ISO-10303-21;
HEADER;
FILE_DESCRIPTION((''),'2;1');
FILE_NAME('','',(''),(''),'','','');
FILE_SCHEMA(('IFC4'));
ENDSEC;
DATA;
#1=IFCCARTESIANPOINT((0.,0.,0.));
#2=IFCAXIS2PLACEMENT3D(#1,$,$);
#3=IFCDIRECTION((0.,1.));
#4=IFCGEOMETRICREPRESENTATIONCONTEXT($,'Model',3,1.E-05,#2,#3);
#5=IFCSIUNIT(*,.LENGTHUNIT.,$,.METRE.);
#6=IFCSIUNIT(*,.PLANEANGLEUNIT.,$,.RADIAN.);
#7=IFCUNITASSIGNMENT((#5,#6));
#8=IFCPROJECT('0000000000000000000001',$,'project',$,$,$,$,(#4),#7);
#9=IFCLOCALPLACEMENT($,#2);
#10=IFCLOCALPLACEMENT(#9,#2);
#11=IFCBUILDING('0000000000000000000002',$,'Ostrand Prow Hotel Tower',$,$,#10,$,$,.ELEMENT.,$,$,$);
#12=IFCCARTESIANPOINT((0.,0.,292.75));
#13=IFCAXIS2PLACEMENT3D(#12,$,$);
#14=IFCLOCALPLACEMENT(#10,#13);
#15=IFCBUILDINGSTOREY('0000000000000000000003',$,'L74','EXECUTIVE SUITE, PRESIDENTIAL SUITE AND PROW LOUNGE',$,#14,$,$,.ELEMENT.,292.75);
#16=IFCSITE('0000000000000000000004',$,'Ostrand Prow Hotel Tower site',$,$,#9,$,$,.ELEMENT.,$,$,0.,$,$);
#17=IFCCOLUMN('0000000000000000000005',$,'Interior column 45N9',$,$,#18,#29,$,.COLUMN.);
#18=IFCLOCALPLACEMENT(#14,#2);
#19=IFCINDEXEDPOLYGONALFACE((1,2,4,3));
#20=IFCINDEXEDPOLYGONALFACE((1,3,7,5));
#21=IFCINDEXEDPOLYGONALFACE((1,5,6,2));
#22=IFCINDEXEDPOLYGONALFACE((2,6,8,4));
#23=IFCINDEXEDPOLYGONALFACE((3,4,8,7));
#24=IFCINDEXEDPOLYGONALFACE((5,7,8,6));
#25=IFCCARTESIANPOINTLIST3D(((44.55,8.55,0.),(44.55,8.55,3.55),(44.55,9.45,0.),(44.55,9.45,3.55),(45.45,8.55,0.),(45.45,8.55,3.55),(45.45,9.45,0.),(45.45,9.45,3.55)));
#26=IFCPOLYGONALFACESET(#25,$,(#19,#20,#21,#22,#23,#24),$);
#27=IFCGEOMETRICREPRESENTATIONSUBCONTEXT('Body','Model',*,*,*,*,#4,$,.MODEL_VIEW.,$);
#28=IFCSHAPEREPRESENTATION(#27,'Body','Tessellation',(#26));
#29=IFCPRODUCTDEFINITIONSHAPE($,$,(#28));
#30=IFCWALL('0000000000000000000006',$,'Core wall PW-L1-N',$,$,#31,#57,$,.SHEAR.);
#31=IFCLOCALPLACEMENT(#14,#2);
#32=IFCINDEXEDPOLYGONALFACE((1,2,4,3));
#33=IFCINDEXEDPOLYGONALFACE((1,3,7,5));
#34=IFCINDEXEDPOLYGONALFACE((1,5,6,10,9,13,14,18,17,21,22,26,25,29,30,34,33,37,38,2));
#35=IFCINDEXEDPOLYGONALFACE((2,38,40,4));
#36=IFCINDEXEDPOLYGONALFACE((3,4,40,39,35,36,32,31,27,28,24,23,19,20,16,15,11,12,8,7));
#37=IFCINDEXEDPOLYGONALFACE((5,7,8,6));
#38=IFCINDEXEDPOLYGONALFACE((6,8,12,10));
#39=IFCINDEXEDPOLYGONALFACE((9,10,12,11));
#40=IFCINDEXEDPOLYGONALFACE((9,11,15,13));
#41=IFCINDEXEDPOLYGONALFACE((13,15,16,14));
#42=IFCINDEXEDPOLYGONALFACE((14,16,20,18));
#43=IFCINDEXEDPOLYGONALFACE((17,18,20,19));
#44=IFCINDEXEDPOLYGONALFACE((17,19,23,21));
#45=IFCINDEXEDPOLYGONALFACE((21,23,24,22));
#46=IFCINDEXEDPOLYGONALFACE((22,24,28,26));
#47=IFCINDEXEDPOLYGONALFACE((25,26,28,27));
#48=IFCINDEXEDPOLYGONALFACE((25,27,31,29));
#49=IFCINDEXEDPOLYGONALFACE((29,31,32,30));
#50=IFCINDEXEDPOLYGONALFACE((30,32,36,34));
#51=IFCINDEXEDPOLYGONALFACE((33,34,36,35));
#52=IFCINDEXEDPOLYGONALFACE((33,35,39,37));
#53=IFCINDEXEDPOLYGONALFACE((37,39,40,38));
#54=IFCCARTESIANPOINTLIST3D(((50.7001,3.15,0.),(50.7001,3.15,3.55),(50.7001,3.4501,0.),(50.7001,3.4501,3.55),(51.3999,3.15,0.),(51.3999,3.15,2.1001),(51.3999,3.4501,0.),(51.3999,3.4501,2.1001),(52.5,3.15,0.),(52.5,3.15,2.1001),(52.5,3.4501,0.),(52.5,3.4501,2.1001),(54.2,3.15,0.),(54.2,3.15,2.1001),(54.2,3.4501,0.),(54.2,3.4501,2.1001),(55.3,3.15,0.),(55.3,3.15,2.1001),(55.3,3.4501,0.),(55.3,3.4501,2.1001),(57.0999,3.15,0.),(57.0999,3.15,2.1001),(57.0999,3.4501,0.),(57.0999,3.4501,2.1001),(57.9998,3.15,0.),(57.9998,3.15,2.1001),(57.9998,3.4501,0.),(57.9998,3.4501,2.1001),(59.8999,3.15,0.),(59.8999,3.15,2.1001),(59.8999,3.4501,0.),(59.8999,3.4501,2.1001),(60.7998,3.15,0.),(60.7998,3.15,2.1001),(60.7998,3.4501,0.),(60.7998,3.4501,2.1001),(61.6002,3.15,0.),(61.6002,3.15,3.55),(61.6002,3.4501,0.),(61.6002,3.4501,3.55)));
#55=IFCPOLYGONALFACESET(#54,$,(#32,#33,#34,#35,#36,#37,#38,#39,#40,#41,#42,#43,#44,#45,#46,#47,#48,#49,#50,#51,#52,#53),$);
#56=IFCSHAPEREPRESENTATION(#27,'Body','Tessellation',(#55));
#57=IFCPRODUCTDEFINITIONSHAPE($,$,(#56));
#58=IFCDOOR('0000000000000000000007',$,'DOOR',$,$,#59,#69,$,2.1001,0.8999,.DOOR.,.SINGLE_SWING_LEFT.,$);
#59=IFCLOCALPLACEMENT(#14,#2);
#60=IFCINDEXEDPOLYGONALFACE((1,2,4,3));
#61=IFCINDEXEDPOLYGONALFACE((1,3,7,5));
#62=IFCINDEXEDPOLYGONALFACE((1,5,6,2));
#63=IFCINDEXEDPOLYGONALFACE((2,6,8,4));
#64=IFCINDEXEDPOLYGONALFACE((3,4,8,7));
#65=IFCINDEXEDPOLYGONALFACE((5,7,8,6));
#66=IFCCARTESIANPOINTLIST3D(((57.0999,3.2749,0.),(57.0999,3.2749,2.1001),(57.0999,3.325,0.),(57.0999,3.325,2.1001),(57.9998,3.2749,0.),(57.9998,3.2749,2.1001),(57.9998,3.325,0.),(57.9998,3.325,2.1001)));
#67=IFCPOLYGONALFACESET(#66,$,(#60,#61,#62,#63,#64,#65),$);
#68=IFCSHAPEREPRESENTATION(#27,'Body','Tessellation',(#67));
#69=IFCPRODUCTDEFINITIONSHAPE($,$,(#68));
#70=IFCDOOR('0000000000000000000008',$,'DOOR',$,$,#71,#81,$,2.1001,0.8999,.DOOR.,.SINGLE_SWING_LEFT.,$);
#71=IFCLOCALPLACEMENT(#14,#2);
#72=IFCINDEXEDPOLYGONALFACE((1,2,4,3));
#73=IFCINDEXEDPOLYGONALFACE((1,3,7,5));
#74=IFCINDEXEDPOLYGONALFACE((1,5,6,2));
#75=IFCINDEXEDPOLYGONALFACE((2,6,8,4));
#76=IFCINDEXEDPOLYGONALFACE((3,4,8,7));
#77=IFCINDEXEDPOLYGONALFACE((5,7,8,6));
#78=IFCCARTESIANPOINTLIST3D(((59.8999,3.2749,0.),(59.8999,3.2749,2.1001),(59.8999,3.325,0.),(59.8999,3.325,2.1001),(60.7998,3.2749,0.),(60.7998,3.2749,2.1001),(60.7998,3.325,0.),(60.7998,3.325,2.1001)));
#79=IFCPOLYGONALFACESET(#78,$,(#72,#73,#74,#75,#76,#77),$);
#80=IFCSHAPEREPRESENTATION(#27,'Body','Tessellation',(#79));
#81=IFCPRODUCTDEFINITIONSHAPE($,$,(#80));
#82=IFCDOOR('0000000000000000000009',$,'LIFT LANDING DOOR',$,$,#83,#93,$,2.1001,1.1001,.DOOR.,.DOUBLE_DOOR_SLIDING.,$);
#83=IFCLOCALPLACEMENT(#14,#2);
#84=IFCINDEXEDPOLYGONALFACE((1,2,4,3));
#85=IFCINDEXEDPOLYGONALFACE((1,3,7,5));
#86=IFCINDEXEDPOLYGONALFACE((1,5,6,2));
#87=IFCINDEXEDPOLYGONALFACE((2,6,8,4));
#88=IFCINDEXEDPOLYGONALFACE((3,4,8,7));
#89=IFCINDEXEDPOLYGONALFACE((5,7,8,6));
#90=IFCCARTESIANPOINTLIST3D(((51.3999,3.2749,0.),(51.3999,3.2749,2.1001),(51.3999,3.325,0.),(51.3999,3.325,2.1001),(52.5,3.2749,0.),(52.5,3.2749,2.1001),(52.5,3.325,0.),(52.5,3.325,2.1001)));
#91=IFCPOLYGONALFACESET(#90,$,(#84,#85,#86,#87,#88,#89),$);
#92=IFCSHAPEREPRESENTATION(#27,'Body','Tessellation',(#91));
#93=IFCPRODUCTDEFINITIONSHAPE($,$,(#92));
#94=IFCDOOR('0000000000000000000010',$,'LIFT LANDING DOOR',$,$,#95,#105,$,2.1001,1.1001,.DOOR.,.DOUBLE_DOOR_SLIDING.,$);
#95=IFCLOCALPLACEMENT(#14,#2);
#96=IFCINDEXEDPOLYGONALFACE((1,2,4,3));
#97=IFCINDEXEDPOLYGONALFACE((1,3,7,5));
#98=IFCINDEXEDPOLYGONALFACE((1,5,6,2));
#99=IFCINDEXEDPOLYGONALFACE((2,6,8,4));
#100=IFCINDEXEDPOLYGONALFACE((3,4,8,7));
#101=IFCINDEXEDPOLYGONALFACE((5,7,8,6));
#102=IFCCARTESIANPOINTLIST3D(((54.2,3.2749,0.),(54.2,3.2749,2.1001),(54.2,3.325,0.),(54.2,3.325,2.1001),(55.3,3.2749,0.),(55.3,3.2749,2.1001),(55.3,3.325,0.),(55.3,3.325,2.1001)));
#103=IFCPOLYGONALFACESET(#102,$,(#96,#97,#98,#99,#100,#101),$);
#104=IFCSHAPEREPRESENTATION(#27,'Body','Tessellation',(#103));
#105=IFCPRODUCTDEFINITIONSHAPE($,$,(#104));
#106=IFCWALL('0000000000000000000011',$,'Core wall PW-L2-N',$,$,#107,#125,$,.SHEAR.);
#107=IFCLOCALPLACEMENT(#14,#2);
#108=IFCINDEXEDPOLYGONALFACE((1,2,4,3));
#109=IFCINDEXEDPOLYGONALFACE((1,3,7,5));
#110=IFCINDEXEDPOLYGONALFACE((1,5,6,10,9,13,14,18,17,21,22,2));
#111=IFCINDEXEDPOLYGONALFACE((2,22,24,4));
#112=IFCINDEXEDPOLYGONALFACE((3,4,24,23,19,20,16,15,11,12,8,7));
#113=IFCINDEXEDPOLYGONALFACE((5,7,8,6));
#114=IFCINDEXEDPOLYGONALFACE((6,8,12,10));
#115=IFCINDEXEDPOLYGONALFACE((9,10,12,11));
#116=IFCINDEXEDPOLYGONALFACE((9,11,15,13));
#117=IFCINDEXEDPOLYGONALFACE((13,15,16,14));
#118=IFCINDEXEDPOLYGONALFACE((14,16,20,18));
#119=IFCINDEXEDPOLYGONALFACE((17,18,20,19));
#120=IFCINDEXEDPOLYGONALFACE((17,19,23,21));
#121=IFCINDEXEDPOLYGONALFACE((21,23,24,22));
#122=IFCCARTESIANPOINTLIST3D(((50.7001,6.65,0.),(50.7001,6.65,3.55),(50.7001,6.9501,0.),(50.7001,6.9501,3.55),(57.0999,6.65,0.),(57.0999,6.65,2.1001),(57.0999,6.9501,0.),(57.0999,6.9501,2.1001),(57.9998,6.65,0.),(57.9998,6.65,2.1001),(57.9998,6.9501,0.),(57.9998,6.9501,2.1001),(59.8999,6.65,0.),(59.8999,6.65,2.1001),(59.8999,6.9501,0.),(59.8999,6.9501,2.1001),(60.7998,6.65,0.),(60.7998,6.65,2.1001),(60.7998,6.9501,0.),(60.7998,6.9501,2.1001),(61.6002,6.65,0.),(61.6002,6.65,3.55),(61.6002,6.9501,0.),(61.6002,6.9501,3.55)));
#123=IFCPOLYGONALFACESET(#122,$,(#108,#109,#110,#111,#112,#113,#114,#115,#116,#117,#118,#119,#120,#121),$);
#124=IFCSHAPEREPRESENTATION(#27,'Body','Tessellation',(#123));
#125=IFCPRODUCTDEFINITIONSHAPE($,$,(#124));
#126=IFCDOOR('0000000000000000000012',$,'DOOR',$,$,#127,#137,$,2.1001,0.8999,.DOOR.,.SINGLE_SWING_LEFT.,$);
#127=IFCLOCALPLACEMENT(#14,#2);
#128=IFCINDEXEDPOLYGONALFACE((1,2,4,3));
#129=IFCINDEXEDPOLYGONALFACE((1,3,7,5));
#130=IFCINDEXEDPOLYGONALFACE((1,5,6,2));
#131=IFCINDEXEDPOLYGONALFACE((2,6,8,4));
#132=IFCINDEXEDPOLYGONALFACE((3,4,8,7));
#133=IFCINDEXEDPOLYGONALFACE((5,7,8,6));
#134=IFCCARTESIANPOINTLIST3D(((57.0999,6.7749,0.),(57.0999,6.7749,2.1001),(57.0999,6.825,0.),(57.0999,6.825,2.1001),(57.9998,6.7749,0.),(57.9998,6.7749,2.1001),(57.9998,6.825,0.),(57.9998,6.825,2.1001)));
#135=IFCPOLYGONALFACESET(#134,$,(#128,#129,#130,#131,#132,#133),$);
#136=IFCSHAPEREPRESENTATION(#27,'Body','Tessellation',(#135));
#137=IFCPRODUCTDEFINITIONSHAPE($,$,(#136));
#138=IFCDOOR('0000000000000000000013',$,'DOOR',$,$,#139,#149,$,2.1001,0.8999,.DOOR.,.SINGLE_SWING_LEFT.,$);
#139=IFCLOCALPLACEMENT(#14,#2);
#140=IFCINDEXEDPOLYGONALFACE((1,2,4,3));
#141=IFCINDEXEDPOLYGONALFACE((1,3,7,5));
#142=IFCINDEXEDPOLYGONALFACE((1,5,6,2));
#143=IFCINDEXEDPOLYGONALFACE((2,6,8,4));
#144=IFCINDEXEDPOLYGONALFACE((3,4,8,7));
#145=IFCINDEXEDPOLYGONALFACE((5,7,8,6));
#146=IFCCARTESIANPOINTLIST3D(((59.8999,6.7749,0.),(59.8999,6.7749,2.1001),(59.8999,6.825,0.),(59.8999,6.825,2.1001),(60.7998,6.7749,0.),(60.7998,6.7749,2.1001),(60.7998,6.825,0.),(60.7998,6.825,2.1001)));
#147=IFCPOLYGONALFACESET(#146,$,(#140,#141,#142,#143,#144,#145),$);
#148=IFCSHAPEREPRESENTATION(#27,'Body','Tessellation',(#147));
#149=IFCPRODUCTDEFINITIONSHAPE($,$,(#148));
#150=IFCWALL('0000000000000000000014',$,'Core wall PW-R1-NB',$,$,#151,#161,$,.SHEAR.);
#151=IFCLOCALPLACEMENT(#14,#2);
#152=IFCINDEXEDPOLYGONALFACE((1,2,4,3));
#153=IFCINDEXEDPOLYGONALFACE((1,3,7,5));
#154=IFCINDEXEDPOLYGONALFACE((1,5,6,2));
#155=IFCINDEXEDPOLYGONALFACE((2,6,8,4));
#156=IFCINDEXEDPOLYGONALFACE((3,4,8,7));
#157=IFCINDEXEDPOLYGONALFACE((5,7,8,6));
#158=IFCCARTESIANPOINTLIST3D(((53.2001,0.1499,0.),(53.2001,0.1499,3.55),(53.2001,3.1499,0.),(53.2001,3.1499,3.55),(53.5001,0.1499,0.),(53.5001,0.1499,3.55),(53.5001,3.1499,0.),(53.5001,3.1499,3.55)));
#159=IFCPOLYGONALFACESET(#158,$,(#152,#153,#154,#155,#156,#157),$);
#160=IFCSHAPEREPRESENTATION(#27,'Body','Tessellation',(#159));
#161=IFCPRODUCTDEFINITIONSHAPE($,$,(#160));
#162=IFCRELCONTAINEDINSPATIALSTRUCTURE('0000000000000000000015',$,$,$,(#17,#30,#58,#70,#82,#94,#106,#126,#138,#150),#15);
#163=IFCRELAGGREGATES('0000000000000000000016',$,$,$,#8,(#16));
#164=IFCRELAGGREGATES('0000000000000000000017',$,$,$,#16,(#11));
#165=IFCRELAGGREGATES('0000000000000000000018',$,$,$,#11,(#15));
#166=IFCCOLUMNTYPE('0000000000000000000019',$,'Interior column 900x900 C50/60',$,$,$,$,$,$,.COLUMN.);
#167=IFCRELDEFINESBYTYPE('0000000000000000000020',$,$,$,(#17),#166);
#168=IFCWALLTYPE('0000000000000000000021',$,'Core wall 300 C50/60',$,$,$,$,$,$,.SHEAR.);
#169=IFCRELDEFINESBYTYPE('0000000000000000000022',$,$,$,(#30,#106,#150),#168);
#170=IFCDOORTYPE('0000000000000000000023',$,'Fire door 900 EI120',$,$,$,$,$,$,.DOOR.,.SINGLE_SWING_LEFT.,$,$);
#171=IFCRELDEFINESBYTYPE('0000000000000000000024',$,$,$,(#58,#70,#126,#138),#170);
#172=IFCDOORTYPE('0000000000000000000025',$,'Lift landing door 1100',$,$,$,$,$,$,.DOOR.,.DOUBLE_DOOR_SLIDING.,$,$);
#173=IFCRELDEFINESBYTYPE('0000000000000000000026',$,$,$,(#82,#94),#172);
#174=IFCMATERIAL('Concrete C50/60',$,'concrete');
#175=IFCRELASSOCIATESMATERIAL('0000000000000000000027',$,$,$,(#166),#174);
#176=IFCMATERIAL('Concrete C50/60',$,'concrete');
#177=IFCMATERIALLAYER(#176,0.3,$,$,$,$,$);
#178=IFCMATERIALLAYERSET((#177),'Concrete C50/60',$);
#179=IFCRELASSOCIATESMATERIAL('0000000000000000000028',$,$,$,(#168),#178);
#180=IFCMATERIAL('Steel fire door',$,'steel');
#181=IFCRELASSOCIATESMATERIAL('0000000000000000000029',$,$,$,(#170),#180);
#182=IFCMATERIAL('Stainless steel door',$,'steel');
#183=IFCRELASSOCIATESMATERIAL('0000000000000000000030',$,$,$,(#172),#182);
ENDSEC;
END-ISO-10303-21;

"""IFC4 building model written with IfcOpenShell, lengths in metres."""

from ifc_helpers import new_model, si_unit, direction, frame, frame_2d, origin, origin_2d, place, context, subcontext, project, spatial, rectangle, extrude, material, layer, layer_set, material_profile, profile_set, type_object, element, fill, save


model = new_model("IFC4")

# Units and contexts
model_context = context("Model", 3, precision=1e-05, world=origin(), true_north=direction((0.0, 1.0)))
body_context = subcontext(model_context, "Body", "Model", "MODEL_VIEW")
ifc_project = project(units=[si_unit("LENGTHUNIT", "METRE"), si_unit("PLANEANGLEUNIT", "RADIAN")], contexts=[model_context])

# Site, building, storey
site_placement = place(None, origin())
site = spatial("IfcSite", under=ifc_project, at=site_placement, Name="Ostrand Prow Hotel Tower site", CompositionType="ELEMENT", RefElevation=0.0)
building_placement = place(site_placement, origin())
building = spatial("IfcBuilding", under=site, at=building_placement, Name="Ostrand Prow Hotel Tower", CompositionType="ELEMENT")
storey_placement = place(building_placement, frame((0.0, 0.0, 292.75)))
storey = spatial("IfcBuildingStorey", under=building, at=storey_placement, Name="L74", Description="EXECUTIVE SUITE, PRESIDENTIAL SUITE AND PROW LOUNGE", CompositionType="ELEMENT", Elevation=292.75)

# Column
ifc_material_1 = material(Name="Concrete C50/60", Category="concrete")
ifc_material_profile = material_profile(ifc_material_1, rectangle(XDim=0.8999, YDim=0.8999, at=origin_2d()), Name="RC 900x900")
ifc_profile_set = profile_set([ifc_material_profile], Name="Concrete C50/60")
column_type = type_object("IfcColumnType", Name="Interior column 900x900 C50/60", PredefinedType="COLUMN", material=ifc_profile_set)
column_placement = place(storey_placement, frame((45.0, 9.0, 0.0), z_axis=(0.0, 0.0, 1.0), x_axis=(1.0, 0.0, 0.0)))
element("IfcColumn", 1, at=column_placement, inside=storey, type_object=column_type, Name="Interior column 45N9", PredefinedType="COLUMN", context=body_context, shape_type="SweptSolid", body=[
    extrude(rectangle(XDim=0.8999, YDim=0.8999, at=origin_2d()), origin(), (0.0, 0.0, 1.0), 3.55),
])

# Walls, openings, doors
ifc_material_2 = material(Name="Concrete C50/60", Category="concrete")
ifc_layer_1 = layer(ifc_material_2, 0.3)
ifc_layer_set_1 = layer_set([ifc_layer_1], Name="Concrete C50/60")
wall_type_1 = type_object("IfcWallType", Name="Core wall 300 C50/60", PredefinedType="SHEAR", material=ifc_layer_set_1)
wall_1_placement = place(storey_placement, frame((50.7, 3.3, 0.0), z_axis=(0.0, 0.0, 1.0), x_axis=(1.0, 0.0, 0.0)))
wall_1 = element("IfcWall", 2, at=wall_1_placement, inside=storey, type_object=wall_type_1, Name="Core wall PW-L1-N", PredefinedType="SHEAR", context=body_context, shape_type="SweptSolid", body=[
    extrude(rectangle(XDim=10.9001, YDim=0.3, at=frame_2d((5.4502, 0.0))), origin(), (0.0, 0.0, 1.0), 3.55),
])
opening_1_placement = place(wall_1_placement, frame((0.7, 0.0, 0.0)))
opening_1 = element("IfcOpeningElement", 3, at=opening_1_placement, cuts=wall_1, PredefinedType="OPENING", context=body_context, shape_type="SweptSolid", body=[
    extrude(rectangle(XDim=1.1001, YDim=2.1001, at=frame_2d((0.55, 1.05))), frame((0.0, 0.1599, 0.0), z_axis=(0.0, -1.0, 0.0), x_axis=(1.0, 0.0, 0.0)), (0.0, 0.0, 1.0), 0.3201),
])
opening_2_placement = place(wall_1_placement, frame((3.5, 0.0, 0.0)))
opening_2 = element("IfcOpeningElement", 4, at=opening_2_placement, cuts=wall_1, PredefinedType="OPENING", context=body_context, shape_type="SweptSolid", body=[
    extrude(rectangle(XDim=1.1001, YDim=2.1001, at=frame_2d((0.55, 1.05))), frame((0.0, 0.1599, 0.0), z_axis=(0.0, -1.0, 0.0), x_axis=(1.0, 0.0, 0.0)), (0.0, 0.0, 1.0), 0.3201),
])
opening_3_placement = place(wall_1_placement, frame((6.3999, 0.0, 0.0)))
opening_3 = element("IfcOpeningElement", 5, at=opening_3_placement, cuts=wall_1, PredefinedType="OPENING", context=body_context, shape_type="SweptSolid", body=[
    extrude(rectangle(XDim=0.8999, YDim=2.1001, at=frame_2d((0.45, 1.05))), frame((0.0, 0.1599, 0.0), z_axis=(0.0, -1.0, 0.0), x_axis=(1.0, 0.0, 0.0)), (0.0, 0.0, 1.0), 0.3201),
])
opening_4_placement = place(wall_1_placement, frame((9.2, 0.0, 0.0)))
opening_4 = element("IfcOpeningElement", 6, at=opening_4_placement, cuts=wall_1, PredefinedType="OPENING", context=body_context, shape_type="SweptSolid", body=[
    extrude(rectangle(XDim=0.8999, YDim=2.1001, at=frame_2d((0.45, 1.05))), frame((0.0, 0.1599, 0.0), z_axis=(0.0, -1.0, 0.0), x_axis=(1.0, 0.0, 0.0)), (0.0, 0.0, 1.0), 0.3201),
])
ifc_material_3 = material(Name="Steel fire door", Category="steel")
door_type_1 = type_object("IfcDoorType", Name="Fire door 900 EI120", OperationType="SINGLE_SWING_LEFT", PredefinedType="DOOR", material=ifc_material_3)
door_1_placement = place(opening_3_placement, origin())
door_1 = element("IfcDoor", 7, at=door_1_placement, inside=storey, type_object=door_type_1, Name="DOOR", OperationType="SINGLE_SWING_LEFT", OverallHeight=2.1001, OverallWidth=0.8999, PredefinedType="DOOR", context=body_context, shape_type="SweptSolid", body=[
    extrude(rectangle(XDim=0.8999, YDim=2.1001, at=frame_2d((0.45, 1.05))), frame((0.0, 0.0249, 0.0), z_axis=(0.0, -1.0, 0.0), x_axis=(1.0, 0.0, 0.0)), (0.0, 0.0, 1.0), 0.05),
])
fill(opening_3, door_1)
door_2_placement = place(opening_4_placement, origin())
door_2 = element("IfcDoor", 8, at=door_2_placement, inside=storey, type_object=door_type_1, Name="DOOR", OperationType="SINGLE_SWING_LEFT", OverallHeight=2.1001, OverallWidth=0.8999, PredefinedType="DOOR", context=body_context, shape_type="SweptSolid", body=[
    extrude(rectangle(XDim=0.8999, YDim=2.1001, at=frame_2d((0.45, 1.05))), frame((0.0, 0.0249, 0.0), z_axis=(0.0, -1.0, 0.0), x_axis=(1.0, 0.0, 0.0)), (0.0, 0.0, 1.0), 0.05),
])
fill(opening_4, door_2)
ifc_material_4 = material(Name="Stainless steel door", Category="steel")
door_type_2 = type_object("IfcDoorType", Name="Lift landing door 1100", OperationType="DOUBLE_DOOR_SLIDING", PredefinedType="DOOR", material=ifc_material_4)
door_3_placement = place(opening_1_placement, origin())
door_3 = element("IfcDoor", 9, at=door_3_placement, inside=storey, type_object=door_type_2, Name="LIFT LANDING DOOR", OperationType="DOUBLE_DOOR_SLIDING", OverallHeight=2.1001, OverallWidth=1.1001, PredefinedType="DOOR", context=body_context, shape_type="SweptSolid", body=[
    extrude(rectangle(XDim=1.1001, YDim=2.1001, at=frame_2d((0.55, 1.05))), frame((0.0, 0.0249, 0.0), z_axis=(0.0, -1.0, 0.0), x_axis=(1.0, 0.0, 0.0)), (0.0, 0.0, 1.0), 0.05),
])
fill(opening_1, door_3)
door_4_placement = place(opening_2_placement, origin())
door_4 = element("IfcDoor", 10, at=door_4_placement, inside=storey, type_object=door_type_2, Name="LIFT LANDING DOOR", OperationType="DOUBLE_DOOR_SLIDING", OverallHeight=2.1001, OverallWidth=1.1001, PredefinedType="DOOR", context=body_context, shape_type="SweptSolid", body=[
    extrude(rectangle(XDim=1.1001, YDim=2.1001, at=frame_2d((0.55, 1.05))), frame((0.0, 0.0249, 0.0), z_axis=(0.0, -1.0, 0.0), x_axis=(1.0, 0.0, 0.0)), (0.0, 0.0, 1.0), 0.05),
])
fill(opening_2, door_4)
wall_2_placement = place(storey_placement, frame((50.7, 6.8, 0.0), z_axis=(0.0, 0.0, 1.0), x_axis=(1.0, 0.0, 0.0)))
wall_2 = element("IfcWall", 11, at=wall_2_placement, inside=storey, type_object=wall_type_1, Name="Core wall PW-L2-N", PredefinedType="SHEAR", context=body_context, shape_type="SweptSolid", body=[
    extrude(rectangle(XDim=10.9001, YDim=0.3, at=frame_2d((5.4502, 0.0))), origin(), (0.0, 0.0, 1.0), 3.55),
])
opening_5_placement = place(wall_2_placement, frame((6.3999, 0.0, 0.0)))
opening_5 = element("IfcOpeningElement", 12, at=opening_5_placement, cuts=wall_2, PredefinedType="OPENING", context=body_context, shape_type="SweptSolid", body=[
    extrude(rectangle(XDim=0.8999, YDim=2.1001, at=frame_2d((0.45, 1.05))), frame((0.0, 0.1599, 0.0), z_axis=(0.0, -1.0, 0.0), x_axis=(1.0, 0.0, 0.0)), (0.0, 0.0, 1.0), 0.3201),
])
opening_6_placement = place(wall_2_placement, frame((9.2, 0.0, 0.0)))
opening_6 = element("IfcOpeningElement", 13, at=opening_6_placement, cuts=wall_2, PredefinedType="OPENING", context=body_context, shape_type="SweptSolid", body=[
    extrude(rectangle(XDim=0.8999, YDim=2.1001, at=frame_2d((0.45, 1.05))), frame((0.0, 0.1599, 0.0), z_axis=(0.0, -1.0, 0.0), x_axis=(1.0, 0.0, 0.0)), (0.0, 0.0, 1.0), 0.3201),
])
door_5_placement = place(opening_5_placement, origin())
door_5 = element("IfcDoor", 14, at=door_5_placement, inside=storey, type_object=door_type_1, Name="DOOR", OperationType="SINGLE_SWING_LEFT", OverallHeight=2.1001, OverallWidth=0.8999, PredefinedType="DOOR", context=body_context, shape_type="SweptSolid", body=[
    extrude(rectangle(XDim=0.8999, YDim=2.1001, at=frame_2d((0.45, 1.05))), frame((0.0, 0.0249, 0.0), z_axis=(0.0, -1.0, 0.0), x_axis=(1.0, 0.0, 0.0)), (0.0, 0.0, 1.0), 0.05),
])
fill(opening_5, door_5)
door_6_placement = place(opening_6_placement, origin())
door_6 = element("IfcDoor", 15, at=door_6_placement, inside=storey, type_object=door_type_1, Name="DOOR", OperationType="SINGLE_SWING_LEFT", OverallHeight=2.1001, OverallWidth=0.8999, PredefinedType="DOOR", context=body_context, shape_type="SweptSolid", body=[
    extrude(rectangle(XDim=0.8999, YDim=2.1001, at=frame_2d((0.45, 1.05))), frame((0.0, 0.0249, 0.0), z_axis=(0.0, -1.0, 0.0), x_axis=(1.0, 0.0, 0.0)), (0.0, 0.0, 1.0), 0.05),
])
fill(opening_6, door_6)

# Wall
for number, where, z_axis, x_axis, name in (
    (16, (53.3501, 0.1499, 0.0), (0.0, 0.0, 1.0), (0.0, 1.0, 0.0), "Core wall PW-R1-NB"),
):
    element("IfcWall", number, at=place(storey_placement, frame(where, z_axis=z_axis, x_axis=x_axis)), inside=storey, type_object=wall_type_1, Name=name, PredefinedType="SHEAR", context=body_context, shape_type="SweptSolid", body=[
        extrude(rectangle(XDim=3.0, YDim=0.3, at=frame_2d((1.5, 0.0))), origin(), (0.0, 0.0, 1.0), 3.55),
    ])

save(model, "model.ifc")
